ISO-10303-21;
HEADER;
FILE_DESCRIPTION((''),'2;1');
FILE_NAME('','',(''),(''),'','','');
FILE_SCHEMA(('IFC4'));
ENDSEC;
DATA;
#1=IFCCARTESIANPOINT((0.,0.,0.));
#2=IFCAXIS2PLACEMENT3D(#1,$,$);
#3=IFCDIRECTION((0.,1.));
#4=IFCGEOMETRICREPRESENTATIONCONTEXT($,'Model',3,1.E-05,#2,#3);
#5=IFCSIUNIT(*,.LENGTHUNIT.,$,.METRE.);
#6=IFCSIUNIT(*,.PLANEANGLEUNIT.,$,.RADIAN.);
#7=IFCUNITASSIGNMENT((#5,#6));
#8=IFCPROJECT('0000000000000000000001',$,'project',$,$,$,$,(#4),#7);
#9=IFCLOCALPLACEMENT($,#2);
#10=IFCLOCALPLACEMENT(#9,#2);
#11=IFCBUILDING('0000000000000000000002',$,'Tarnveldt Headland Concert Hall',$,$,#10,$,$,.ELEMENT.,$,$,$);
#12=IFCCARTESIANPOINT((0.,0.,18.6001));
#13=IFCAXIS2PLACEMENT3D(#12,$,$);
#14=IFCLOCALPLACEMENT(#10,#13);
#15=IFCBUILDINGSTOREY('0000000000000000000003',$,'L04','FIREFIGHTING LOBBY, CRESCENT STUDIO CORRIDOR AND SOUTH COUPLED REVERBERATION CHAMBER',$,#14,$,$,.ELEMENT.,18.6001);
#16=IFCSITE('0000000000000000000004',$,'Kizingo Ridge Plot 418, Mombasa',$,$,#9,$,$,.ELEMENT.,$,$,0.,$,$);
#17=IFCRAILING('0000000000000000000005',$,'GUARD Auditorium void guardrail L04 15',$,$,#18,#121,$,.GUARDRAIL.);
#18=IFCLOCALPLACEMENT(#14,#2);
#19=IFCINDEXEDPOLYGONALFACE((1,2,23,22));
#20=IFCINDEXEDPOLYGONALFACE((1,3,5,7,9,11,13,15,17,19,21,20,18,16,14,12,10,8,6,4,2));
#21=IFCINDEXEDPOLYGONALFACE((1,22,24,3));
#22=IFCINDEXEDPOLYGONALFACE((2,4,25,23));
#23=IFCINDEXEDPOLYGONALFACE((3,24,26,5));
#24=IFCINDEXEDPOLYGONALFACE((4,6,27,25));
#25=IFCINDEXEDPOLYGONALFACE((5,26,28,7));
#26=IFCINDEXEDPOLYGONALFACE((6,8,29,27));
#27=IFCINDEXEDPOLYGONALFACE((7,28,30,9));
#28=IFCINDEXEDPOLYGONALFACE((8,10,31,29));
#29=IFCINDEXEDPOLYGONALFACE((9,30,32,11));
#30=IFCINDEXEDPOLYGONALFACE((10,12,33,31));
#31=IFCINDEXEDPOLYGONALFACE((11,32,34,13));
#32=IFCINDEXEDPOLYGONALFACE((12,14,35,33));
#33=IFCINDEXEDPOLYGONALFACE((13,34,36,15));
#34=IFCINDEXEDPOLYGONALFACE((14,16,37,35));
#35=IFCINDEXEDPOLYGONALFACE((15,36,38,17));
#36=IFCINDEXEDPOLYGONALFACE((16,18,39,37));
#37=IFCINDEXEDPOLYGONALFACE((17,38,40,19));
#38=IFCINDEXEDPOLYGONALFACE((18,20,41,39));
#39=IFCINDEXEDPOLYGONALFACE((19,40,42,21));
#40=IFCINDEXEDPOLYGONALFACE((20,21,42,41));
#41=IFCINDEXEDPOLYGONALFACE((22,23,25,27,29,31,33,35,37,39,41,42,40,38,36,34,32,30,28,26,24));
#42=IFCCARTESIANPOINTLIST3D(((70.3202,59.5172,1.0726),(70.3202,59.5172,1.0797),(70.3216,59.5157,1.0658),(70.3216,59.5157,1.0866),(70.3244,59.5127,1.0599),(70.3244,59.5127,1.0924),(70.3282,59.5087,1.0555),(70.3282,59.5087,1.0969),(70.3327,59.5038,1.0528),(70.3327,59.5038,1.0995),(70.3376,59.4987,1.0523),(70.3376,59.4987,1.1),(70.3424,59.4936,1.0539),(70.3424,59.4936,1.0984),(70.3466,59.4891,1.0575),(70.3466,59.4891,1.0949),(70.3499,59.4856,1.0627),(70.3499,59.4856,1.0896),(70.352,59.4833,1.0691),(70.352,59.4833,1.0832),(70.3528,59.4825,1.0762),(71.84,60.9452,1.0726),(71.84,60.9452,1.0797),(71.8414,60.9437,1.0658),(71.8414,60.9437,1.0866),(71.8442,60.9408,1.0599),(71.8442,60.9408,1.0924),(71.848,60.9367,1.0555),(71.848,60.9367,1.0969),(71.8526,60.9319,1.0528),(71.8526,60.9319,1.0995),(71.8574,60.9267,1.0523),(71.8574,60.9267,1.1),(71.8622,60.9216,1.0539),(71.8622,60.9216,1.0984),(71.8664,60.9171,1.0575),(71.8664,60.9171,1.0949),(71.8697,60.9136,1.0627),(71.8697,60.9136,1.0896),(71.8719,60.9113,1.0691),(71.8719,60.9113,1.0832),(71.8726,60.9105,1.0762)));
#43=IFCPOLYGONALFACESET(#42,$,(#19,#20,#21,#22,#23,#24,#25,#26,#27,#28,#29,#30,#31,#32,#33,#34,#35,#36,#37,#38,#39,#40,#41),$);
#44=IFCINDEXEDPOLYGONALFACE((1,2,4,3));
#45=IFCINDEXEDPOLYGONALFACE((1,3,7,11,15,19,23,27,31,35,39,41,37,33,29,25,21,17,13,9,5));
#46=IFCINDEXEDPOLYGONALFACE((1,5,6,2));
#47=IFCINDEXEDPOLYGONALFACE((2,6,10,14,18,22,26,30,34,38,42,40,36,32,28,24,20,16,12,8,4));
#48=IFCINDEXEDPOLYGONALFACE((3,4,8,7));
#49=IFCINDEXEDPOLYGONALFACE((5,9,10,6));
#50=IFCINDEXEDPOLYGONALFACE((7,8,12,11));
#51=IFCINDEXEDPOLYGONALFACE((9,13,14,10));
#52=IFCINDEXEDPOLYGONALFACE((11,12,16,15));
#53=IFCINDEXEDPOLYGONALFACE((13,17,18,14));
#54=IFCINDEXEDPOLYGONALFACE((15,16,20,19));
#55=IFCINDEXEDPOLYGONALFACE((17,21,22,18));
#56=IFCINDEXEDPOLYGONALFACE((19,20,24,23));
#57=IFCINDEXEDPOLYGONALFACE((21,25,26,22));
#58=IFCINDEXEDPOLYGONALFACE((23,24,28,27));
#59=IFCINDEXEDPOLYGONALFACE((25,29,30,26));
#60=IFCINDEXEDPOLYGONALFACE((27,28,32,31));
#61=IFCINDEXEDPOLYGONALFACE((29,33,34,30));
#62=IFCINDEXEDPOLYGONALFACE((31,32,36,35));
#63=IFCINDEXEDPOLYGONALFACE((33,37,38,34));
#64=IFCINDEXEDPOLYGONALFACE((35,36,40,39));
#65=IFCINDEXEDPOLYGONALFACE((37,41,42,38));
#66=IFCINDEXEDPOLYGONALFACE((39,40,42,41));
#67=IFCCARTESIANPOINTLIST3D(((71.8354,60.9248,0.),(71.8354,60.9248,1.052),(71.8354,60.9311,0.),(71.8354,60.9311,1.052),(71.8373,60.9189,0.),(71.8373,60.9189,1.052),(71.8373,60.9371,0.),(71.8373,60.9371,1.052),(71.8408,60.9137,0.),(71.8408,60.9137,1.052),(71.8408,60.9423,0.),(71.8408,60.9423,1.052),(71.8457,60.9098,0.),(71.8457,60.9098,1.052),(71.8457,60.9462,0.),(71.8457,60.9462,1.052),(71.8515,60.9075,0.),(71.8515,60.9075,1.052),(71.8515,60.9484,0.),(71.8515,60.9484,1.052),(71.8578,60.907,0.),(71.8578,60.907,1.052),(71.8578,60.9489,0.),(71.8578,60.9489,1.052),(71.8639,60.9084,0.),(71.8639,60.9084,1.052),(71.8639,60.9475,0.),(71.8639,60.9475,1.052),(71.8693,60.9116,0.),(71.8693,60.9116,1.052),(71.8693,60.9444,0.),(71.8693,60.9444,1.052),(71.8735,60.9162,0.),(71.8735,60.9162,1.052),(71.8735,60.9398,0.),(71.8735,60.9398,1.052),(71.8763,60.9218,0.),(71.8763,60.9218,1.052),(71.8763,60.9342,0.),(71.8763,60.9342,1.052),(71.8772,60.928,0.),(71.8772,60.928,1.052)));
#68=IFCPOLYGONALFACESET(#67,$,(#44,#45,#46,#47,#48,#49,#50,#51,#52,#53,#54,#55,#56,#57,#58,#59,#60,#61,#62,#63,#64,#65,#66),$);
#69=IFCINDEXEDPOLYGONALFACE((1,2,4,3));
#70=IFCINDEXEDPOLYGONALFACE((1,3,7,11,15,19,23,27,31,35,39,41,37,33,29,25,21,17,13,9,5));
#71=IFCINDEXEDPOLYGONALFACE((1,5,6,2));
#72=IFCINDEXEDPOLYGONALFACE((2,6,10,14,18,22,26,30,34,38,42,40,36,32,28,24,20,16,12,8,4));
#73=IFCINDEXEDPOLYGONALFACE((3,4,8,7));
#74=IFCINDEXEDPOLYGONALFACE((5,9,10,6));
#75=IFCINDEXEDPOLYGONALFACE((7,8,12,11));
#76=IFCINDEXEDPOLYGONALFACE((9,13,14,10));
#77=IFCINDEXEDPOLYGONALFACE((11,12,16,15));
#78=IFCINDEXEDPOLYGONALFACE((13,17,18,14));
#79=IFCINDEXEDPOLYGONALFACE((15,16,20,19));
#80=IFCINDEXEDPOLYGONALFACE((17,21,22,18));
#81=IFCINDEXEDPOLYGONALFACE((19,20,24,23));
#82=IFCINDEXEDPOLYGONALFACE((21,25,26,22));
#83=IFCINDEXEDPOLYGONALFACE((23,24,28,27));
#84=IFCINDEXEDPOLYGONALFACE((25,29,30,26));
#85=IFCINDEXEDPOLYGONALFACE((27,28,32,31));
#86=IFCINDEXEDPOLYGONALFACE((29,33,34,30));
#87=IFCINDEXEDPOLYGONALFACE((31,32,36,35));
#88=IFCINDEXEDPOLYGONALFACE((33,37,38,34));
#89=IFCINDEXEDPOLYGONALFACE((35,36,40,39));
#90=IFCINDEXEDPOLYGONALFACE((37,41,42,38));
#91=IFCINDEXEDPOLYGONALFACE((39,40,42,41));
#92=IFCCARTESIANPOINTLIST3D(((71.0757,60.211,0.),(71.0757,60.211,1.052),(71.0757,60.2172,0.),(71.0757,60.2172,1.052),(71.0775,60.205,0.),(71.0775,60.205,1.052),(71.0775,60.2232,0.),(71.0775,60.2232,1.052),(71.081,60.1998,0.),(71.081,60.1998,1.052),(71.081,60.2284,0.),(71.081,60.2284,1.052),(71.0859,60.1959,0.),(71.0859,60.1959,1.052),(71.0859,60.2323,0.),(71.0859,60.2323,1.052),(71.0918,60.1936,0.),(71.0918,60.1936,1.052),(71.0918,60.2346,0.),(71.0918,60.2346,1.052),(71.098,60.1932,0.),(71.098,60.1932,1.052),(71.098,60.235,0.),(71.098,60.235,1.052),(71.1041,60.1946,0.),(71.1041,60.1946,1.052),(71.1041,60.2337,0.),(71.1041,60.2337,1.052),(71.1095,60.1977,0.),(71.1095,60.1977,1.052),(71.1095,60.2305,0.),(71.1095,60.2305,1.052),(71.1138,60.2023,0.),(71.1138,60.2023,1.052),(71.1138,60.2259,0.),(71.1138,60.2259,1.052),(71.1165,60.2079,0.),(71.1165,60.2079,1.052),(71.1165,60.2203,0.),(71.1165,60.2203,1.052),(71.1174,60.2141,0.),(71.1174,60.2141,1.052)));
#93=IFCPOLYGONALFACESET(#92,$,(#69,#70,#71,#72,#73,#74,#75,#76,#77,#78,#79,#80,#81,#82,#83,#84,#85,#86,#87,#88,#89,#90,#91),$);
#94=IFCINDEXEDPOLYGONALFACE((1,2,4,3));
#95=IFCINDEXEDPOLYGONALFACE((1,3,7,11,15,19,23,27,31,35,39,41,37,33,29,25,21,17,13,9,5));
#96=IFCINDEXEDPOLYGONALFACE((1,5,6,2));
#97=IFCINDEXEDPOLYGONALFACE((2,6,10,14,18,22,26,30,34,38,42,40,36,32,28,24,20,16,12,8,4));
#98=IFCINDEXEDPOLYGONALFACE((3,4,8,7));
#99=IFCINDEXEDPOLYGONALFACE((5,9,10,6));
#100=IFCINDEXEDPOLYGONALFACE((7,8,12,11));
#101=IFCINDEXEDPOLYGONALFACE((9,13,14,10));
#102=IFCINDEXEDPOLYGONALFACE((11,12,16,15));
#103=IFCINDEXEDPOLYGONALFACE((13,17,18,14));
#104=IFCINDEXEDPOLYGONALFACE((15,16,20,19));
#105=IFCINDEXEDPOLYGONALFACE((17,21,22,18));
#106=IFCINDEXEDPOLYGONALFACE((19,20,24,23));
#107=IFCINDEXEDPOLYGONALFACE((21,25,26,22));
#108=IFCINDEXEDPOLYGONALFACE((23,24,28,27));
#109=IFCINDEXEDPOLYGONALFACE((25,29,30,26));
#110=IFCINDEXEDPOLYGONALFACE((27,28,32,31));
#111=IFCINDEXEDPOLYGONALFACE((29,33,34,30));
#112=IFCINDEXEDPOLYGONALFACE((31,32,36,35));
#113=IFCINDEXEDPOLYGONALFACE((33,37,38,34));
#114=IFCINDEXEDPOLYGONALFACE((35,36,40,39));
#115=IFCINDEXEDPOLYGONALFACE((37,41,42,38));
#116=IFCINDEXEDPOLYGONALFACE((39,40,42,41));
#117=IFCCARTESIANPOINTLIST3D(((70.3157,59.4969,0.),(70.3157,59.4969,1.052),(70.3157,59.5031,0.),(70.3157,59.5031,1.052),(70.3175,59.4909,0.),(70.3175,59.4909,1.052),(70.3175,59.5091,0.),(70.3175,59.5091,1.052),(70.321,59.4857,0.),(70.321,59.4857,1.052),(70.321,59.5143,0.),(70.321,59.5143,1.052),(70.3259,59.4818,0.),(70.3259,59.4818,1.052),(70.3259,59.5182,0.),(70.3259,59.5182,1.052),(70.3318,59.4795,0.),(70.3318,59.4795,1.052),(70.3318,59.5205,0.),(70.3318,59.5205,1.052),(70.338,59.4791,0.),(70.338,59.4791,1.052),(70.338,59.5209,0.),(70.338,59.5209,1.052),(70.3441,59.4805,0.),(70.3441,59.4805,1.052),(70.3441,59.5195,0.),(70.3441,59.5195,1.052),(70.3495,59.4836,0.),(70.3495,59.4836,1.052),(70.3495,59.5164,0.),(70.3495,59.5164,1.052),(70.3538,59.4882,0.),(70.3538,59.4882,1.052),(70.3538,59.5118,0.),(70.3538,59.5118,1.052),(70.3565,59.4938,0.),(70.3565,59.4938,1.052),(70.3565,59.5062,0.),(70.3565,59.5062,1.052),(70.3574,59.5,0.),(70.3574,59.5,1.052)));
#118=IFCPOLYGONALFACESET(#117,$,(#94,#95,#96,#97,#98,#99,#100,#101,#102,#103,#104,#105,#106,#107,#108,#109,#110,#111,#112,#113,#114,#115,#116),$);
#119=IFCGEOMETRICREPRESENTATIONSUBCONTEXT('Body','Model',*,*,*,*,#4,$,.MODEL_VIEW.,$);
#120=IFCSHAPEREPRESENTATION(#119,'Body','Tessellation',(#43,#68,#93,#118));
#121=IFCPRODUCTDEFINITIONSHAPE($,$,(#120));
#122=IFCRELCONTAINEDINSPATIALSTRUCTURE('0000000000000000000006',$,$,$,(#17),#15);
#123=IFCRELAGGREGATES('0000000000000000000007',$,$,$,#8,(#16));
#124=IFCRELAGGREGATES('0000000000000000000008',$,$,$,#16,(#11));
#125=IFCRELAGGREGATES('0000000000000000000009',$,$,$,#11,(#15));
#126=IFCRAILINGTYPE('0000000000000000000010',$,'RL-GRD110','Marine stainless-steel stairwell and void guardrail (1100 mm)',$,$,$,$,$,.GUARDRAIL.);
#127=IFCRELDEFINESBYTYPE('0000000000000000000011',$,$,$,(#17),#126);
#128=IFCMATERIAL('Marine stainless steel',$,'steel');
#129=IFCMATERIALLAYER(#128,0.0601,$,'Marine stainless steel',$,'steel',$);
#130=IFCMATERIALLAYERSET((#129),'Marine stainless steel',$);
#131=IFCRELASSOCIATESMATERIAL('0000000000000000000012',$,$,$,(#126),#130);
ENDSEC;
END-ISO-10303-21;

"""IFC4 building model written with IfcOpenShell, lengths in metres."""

from ifc_helpers import new_model, si_unit, direction, frame, origin, origin_2d, place, context, subcontext, project, spatial, circle, extrude, material, layer, layer_set, type_object, element, save


model = new_model("IFC4")

# Units and contexts
model_context = context("Model", 3, precision=1e-05, world=origin(), true_north=direction((0.0, 1.0)))
body_context = subcontext(model_context, "Body", "Model", "MODEL_VIEW")
ifc_project = project(units=[si_unit("LENGTHUNIT", "METRE"), si_unit("PLANEANGLEUNIT", "RADIAN")], contexts=[model_context])

# Site, building, storey
site_placement = place(None, origin())
site = spatial("IfcSite", under=ifc_project, at=site_placement, Name="Kizingo Ridge Plot 418, Mombasa", CompositionType="ELEMENT", RefElevation=0.0)
building_placement = place(site_placement, origin())
building = spatial("IfcBuilding", under=site, at=building_placement, Name="Tarnveldt Headland Concert Hall", CompositionType="ELEMENT")
storey_placement = place(building_placement, frame((0.0, 0.0, 18.6001)))
storey = spatial("IfcBuildingStorey", under=building, at=storey_placement, Name="L04", Description="FIREFIGHTING LOBBY, CRESCENT STUDIO CORRIDOR AND SOUTH COUPLED REVERBERATION CHAMBER", CompositionType="ELEMENT", Elevation=18.6001)

# Railing
ifc_material_1 = material(Name="Marine stainless steel", Category="steel")
ifc_layer_1 = layer(ifc_material_1, 0.0601, Name="Marine stainless steel", Category="steel")
ifc_layer_set_1 = layer_set([ifc_layer_1], Name="Marine stainless steel")
railing_type = type_object("IfcRailingType", Name="RL-GRD110", Description="Marine stainless-steel stairwell and void guardrail (1100 mm)", PredefinedType="GUARDRAIL", material=ifc_layer_set_1)
railing_1_placement = place(storey_placement, frame((71.8562, 60.928, 0.0)))
element("IfcRailing", 1, at=railing_1_placement, inside=storey, type_object=railing_type, Name="GUARD Auditorium void guardrail L04 15", PredefinedType="GUARDRAIL", context=body_context, shape_type="SweptSolid", body=[
    extrude(circle(Radius=0.0239, at=origin_2d()), frame((0.0, 0.0, 1.0762), z_axis=(-0.728774, -0.684755, 0.0), x_axis=(0.684755, -0.728774, 0.0)), (0.0, 0.0, 1.0), 2.0854),
    extrude(circle(Radius=0.021, at=origin_2d()), origin(), (0.0, 0.0, 1.0), 1.052),
    extrude(circle(Radius=0.021, at=origin_2d()), frame((-0.7598, -0.7139, 0.0)), (0.0, 0.0, 1.0), 1.052),
    extrude(circle(Radius=0.021, at=origin_2d()), frame((-1.5198, -1.428, 0.0)), (0.0, 0.0, 1.0), 1.052),
])

save(model, "model.ifc")
